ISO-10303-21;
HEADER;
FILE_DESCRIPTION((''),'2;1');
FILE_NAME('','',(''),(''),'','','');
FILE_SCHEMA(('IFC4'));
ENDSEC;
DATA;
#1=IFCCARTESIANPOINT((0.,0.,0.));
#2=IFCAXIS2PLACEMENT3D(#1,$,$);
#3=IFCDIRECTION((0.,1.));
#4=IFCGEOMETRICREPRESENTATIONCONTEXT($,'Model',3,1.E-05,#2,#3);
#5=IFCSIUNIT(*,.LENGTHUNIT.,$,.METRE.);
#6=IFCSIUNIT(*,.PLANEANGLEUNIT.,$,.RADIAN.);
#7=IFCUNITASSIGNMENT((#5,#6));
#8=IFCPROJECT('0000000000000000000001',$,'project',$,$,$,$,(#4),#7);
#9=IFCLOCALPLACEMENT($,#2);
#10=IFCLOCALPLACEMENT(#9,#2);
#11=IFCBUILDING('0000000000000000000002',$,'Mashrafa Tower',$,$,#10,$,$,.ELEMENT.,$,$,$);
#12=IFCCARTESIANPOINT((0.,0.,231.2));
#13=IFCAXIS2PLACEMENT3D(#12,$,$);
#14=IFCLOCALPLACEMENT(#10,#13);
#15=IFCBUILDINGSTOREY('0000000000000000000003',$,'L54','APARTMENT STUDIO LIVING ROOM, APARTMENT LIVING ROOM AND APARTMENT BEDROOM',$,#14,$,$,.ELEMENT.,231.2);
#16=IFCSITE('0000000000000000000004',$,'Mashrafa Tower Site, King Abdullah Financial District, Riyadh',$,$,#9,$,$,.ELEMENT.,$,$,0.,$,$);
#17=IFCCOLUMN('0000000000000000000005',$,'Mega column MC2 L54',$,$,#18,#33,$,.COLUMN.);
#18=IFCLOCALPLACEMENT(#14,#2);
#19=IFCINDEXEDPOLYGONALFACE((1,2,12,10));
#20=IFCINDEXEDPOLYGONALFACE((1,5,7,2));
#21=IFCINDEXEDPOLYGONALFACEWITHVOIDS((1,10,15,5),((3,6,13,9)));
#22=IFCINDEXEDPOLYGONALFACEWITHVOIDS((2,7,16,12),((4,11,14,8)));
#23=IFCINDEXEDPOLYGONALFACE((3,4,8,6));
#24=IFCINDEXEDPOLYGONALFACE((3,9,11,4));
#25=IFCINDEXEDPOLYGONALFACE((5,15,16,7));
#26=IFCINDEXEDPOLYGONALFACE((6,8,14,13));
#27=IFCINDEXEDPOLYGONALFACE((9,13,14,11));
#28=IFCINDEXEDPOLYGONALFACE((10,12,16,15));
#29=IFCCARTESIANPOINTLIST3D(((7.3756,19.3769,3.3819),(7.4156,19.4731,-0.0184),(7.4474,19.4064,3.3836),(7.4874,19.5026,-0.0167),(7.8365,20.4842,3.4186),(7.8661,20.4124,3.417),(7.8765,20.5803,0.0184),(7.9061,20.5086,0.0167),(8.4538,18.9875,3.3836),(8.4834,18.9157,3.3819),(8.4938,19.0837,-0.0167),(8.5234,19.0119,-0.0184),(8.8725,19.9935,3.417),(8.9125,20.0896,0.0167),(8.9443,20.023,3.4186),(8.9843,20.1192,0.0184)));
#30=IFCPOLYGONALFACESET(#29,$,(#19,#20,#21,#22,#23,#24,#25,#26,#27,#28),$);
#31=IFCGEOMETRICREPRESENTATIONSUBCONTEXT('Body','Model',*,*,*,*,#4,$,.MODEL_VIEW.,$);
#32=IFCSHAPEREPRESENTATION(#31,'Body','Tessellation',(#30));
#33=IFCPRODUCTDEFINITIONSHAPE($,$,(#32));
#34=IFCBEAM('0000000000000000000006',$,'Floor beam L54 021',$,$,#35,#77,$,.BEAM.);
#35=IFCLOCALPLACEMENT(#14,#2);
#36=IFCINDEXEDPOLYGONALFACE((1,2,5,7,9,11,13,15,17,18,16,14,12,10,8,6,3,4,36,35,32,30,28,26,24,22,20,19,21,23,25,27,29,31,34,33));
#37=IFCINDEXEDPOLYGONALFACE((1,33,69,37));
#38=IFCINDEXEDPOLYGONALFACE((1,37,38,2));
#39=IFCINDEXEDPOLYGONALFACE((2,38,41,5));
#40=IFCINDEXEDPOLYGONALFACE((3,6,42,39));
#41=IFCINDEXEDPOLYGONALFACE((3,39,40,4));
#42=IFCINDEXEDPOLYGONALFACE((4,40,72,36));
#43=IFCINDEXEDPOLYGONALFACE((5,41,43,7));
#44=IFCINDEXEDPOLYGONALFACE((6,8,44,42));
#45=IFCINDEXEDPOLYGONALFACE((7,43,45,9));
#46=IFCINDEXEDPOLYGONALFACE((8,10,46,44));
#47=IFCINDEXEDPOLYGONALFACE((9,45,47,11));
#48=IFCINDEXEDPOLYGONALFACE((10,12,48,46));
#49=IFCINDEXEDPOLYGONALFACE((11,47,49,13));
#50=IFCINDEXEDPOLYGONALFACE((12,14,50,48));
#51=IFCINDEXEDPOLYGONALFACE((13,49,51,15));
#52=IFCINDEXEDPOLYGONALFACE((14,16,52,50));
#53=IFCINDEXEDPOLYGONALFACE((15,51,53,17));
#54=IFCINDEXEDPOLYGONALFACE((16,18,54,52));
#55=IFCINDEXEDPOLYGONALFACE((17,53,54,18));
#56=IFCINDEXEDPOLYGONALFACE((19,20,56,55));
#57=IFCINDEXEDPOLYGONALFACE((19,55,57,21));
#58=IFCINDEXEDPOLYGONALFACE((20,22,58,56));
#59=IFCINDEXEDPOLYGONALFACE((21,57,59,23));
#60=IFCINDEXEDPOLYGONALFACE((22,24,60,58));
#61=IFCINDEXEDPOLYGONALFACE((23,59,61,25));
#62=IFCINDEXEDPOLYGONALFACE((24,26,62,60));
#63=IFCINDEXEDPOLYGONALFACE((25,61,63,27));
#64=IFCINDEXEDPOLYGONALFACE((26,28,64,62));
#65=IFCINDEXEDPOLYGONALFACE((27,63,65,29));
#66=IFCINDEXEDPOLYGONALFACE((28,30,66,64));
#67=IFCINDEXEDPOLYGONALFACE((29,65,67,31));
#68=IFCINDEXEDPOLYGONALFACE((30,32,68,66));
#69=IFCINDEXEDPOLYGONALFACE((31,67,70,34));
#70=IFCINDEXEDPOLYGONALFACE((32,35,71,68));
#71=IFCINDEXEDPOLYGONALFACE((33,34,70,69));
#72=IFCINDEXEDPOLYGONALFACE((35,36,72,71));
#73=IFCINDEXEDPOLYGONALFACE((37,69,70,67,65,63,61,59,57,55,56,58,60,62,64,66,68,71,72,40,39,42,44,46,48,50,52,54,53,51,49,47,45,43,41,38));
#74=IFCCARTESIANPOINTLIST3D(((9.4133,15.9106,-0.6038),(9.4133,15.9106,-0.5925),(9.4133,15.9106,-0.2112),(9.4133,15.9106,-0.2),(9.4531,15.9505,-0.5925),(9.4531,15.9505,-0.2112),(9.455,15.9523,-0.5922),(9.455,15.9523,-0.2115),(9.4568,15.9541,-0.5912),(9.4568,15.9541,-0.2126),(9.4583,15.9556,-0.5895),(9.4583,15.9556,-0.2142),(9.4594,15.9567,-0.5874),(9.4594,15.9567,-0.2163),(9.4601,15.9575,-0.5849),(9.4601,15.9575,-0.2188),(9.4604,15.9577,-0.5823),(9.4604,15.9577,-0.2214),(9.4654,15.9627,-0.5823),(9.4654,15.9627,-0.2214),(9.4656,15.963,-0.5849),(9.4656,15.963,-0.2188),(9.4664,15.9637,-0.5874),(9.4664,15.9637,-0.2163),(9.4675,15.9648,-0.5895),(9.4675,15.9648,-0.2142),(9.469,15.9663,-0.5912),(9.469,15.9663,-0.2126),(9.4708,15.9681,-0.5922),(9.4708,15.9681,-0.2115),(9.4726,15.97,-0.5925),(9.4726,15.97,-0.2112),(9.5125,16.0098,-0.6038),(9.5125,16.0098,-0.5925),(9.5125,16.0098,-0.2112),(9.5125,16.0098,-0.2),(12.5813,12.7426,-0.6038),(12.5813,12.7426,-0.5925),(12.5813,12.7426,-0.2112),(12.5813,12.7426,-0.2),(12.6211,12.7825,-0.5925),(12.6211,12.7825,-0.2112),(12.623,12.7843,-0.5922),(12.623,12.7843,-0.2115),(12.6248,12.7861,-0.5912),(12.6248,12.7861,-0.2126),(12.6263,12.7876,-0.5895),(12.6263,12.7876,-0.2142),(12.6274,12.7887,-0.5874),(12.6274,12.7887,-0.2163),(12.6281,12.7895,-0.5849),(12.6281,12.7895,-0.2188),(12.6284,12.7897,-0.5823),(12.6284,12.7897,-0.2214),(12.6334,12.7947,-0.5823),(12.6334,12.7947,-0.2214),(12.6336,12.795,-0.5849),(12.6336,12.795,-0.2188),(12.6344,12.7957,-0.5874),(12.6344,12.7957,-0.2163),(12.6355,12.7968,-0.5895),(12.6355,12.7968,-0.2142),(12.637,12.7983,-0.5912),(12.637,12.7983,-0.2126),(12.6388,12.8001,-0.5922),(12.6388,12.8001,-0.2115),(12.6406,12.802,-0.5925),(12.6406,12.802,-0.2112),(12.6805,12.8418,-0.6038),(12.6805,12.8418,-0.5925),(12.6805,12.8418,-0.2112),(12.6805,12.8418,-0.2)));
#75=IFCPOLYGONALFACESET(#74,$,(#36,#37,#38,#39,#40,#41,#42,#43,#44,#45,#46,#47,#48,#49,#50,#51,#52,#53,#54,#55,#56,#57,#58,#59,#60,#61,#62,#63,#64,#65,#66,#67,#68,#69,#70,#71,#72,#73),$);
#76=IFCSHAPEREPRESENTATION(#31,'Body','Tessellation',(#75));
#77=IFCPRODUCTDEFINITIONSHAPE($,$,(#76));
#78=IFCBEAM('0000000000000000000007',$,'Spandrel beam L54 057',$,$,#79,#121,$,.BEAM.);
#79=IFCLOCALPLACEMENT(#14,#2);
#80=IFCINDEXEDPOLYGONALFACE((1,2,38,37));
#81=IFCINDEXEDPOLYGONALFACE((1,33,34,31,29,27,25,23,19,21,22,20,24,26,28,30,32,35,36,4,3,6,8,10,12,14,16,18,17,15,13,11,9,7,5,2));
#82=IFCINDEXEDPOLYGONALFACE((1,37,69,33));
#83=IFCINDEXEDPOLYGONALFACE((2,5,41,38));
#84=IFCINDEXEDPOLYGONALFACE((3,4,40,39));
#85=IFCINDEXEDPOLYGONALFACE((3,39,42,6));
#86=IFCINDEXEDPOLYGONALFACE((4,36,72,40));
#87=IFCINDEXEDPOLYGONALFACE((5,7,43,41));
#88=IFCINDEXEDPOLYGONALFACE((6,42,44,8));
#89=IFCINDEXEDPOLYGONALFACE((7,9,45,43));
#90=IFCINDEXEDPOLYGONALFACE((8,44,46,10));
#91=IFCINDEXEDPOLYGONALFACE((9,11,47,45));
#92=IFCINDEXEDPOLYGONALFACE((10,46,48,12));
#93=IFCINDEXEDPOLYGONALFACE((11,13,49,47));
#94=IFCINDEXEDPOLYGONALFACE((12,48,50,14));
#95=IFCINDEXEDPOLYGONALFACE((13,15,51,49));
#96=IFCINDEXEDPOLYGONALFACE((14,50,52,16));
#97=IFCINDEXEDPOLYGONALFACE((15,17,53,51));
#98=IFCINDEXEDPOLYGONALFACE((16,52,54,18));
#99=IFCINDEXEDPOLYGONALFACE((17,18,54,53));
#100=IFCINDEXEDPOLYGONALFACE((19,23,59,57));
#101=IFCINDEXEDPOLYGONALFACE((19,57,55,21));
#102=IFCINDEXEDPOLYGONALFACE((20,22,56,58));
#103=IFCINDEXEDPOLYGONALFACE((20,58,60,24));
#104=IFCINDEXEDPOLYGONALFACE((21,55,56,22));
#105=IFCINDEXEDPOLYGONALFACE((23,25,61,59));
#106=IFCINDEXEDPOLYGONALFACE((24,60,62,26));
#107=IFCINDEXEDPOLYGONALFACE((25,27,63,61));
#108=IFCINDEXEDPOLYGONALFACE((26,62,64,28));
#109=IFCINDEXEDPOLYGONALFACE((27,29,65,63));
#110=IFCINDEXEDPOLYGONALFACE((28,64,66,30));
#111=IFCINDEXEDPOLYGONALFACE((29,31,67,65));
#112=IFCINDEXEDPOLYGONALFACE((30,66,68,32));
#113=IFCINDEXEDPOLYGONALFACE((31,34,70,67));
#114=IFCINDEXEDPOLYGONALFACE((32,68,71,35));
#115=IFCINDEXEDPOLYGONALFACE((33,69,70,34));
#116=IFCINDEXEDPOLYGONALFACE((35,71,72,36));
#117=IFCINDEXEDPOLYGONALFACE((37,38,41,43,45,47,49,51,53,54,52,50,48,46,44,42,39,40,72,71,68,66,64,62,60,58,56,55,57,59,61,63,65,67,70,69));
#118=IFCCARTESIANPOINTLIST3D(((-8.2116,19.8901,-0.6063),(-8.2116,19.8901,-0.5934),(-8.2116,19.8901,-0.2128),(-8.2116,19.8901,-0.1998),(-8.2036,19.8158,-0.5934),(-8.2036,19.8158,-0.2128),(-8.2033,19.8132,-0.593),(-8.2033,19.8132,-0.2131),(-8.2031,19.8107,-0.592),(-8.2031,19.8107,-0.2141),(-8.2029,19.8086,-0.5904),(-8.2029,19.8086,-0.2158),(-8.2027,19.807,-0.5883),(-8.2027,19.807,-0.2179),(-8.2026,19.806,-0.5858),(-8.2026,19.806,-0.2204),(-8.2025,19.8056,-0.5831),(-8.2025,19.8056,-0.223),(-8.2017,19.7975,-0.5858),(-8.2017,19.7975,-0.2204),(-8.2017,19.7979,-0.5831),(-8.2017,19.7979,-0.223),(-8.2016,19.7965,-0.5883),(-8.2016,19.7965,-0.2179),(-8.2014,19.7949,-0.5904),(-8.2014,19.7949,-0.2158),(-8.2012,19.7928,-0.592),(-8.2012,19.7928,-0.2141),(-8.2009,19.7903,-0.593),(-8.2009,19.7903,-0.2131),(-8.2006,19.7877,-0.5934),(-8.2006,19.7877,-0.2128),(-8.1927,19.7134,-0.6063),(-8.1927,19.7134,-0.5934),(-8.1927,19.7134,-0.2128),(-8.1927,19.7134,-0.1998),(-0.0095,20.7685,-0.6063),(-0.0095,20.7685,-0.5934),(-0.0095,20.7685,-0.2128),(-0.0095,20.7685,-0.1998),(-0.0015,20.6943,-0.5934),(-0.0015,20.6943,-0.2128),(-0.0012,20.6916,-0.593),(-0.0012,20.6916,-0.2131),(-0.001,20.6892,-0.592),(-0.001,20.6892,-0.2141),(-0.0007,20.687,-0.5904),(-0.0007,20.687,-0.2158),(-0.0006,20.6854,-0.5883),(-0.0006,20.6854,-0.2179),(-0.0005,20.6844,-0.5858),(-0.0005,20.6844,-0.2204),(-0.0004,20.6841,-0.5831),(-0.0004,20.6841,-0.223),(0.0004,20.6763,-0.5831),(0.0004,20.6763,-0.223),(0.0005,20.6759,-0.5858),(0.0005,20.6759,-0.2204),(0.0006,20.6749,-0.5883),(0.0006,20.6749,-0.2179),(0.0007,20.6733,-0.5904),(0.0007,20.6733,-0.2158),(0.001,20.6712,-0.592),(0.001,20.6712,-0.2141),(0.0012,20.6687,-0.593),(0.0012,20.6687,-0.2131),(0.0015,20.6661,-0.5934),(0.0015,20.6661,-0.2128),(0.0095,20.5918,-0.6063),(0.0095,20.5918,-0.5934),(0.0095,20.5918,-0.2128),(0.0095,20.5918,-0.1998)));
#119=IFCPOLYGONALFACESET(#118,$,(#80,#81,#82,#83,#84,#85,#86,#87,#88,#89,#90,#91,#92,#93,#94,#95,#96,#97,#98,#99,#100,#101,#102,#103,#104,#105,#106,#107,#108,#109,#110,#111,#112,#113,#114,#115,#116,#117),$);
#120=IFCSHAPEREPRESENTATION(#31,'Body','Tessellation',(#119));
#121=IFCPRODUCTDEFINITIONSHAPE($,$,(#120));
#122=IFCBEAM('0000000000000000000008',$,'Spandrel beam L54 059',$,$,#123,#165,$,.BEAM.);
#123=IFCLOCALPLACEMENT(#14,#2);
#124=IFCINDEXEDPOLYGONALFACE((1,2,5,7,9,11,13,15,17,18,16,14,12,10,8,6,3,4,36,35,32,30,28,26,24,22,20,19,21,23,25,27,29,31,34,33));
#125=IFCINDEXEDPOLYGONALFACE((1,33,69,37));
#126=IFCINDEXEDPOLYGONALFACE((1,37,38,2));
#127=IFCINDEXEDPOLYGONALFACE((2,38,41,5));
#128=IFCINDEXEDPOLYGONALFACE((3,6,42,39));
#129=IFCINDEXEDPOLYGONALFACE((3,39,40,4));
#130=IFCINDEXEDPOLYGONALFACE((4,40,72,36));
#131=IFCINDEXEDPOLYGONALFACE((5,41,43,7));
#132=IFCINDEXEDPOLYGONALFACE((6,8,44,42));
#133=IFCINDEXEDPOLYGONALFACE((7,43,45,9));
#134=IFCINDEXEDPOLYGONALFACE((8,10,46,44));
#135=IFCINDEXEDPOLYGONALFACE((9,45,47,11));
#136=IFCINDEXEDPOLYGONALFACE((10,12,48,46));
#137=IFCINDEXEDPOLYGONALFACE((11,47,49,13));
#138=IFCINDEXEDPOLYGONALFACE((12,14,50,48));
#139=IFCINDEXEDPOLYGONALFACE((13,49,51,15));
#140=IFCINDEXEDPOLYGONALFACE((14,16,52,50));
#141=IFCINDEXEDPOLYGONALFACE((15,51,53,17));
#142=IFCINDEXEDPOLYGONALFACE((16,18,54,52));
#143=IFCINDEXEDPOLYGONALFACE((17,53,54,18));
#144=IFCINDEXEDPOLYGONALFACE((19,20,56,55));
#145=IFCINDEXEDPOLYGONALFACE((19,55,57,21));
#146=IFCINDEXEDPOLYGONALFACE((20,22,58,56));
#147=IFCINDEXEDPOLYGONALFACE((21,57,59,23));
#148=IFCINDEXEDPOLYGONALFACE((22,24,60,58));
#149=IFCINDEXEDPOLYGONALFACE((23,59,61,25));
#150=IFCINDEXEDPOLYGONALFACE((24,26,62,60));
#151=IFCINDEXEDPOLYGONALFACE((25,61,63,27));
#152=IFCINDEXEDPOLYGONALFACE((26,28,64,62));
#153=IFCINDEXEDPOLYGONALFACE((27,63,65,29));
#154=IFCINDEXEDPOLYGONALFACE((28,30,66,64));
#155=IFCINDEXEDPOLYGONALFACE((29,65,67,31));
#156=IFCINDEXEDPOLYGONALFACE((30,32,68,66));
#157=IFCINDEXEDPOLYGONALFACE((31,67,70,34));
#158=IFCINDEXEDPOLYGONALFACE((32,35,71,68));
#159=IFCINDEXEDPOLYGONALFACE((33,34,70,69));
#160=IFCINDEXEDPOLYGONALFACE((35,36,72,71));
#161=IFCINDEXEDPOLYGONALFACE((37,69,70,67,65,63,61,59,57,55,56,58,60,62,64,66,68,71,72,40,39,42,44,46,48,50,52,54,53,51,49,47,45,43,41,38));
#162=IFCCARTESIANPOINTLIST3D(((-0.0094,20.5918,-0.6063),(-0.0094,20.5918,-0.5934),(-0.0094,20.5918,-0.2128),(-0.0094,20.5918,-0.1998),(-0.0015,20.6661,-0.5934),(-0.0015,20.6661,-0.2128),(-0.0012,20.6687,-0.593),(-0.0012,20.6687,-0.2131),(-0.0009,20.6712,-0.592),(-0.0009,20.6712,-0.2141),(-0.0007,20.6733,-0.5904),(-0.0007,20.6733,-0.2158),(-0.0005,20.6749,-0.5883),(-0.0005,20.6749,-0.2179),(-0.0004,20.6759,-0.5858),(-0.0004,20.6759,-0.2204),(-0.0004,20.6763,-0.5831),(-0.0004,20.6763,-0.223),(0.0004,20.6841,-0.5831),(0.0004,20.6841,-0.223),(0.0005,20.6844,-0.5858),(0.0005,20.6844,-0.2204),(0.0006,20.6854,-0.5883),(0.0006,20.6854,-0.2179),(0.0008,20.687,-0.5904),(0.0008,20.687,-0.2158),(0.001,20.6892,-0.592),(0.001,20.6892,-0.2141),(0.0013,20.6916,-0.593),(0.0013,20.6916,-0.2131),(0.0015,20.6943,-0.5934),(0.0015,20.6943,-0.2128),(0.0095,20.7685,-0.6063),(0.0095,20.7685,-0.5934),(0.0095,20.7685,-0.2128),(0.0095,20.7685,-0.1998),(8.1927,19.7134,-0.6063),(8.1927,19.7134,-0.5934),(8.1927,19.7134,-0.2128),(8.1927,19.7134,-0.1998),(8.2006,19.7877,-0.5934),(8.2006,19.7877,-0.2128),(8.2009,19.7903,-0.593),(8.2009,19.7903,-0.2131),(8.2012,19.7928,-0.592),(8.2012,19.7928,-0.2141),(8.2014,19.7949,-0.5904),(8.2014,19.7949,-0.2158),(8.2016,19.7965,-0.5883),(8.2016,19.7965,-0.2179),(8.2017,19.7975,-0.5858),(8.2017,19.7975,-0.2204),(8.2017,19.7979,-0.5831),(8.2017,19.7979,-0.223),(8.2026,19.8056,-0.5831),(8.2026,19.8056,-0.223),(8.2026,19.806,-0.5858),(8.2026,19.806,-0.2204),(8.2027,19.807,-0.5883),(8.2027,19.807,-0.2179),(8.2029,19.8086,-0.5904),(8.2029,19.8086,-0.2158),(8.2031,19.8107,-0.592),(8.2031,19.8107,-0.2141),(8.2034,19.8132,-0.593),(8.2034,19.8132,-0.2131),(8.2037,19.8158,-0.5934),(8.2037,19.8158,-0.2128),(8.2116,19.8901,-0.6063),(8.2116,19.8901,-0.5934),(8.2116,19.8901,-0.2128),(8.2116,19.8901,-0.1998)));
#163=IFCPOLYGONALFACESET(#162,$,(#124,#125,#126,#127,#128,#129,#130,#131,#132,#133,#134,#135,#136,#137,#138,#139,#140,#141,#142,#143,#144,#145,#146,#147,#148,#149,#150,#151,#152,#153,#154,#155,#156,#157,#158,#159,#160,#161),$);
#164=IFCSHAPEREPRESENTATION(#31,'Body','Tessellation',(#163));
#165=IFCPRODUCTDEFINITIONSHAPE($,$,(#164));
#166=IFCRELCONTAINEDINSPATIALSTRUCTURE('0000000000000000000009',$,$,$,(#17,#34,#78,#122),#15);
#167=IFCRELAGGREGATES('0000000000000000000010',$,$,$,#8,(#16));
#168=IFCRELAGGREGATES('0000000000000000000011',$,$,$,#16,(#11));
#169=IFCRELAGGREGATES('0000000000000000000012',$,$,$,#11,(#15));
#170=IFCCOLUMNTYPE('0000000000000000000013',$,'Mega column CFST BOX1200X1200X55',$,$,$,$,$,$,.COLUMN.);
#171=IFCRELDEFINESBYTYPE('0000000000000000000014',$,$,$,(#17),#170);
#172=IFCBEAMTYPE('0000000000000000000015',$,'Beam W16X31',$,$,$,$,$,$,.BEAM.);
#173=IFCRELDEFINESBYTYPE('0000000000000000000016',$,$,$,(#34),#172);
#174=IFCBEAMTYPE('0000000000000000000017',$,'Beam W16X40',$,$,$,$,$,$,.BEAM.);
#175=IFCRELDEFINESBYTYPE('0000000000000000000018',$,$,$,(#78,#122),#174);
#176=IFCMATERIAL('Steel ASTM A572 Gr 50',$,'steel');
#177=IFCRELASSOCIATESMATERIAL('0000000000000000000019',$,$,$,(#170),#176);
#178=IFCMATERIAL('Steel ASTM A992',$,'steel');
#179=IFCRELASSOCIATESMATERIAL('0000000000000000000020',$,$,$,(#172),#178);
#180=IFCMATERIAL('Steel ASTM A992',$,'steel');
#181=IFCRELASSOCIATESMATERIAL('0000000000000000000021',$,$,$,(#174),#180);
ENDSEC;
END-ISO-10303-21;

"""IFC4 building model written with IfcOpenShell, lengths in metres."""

from ifc_helpers import new_model, si_unit, direction, frame, origin, origin_2d, place, context, subcontext, project, spatial, hollow_rectangle, i_section, extrude, material, material_profile, profile_set, type_object, element, save


model = new_model("IFC4")

# Units and contexts
model_context = context("Model", 3, precision=1e-05, world=origin(), true_north=direction((0.0, 1.0)))
body_context = subcontext(model_context, "Body", "Model", "MODEL_VIEW")
ifc_project = project(units=[si_unit("LENGTHUNIT", "METRE"), si_unit("PLANEANGLEUNIT", "RADIAN")], contexts=[model_context])

# Site, building, storey
site_placement = place(None, origin())
site = spatial("IfcSite", under=ifc_project, at=site_placement, Name="Mashrafa Tower Site, King Abdullah Financial District, Riyadh", CompositionType="ELEMENT", RefElevation=0.0)
building_placement = place(site_placement, origin())
building = spatial("IfcBuilding", under=site, at=building_placement, Name="Mashrafa Tower", CompositionType="ELEMENT")
storey_placement = place(building_placement, frame((0.0, 0.0, 231.2)))
storey = spatial("IfcBuildingStorey", under=building, at=storey_placement, Name="L54", Description="APARTMENT STUDIO LIVING ROOM, APARTMENT LIVING ROOM AND APARTMENT BEDROOM", CompositionType="ELEMENT", Elevation=231.2)

# Column
ifc_material_1 = material(Name="Steel ASTM A572 Gr 50", Category="steel")
ifc_material_profile_1 = material_profile(ifc_material_1, hollow_rectangle(XDim=1.2, YDim=1.2, WallThickness=0.0549, at=origin_2d()), Name="BOX1200X1200X55")
ifc_profile_set_1 = profile_set([ifc_material_profile_1], Name="Steel ASTM A572 Gr 50")
column_type = type_object("IfcColumnType", Name="Mega column CFST BOX1200X1200X55", PredefinedType="COLUMN", material=ifc_profile_set_1)
column_placement = place(storey_placement, frame((8.2, 19.7961, 0.0), z_axis=(-0.01177, -0.028277, 0.999531), x_axis=(0.923216, -0.384283, 0.0)))
element("IfcColumn", 1, at=column_placement, inside=storey, type_object=column_type, Name="Mega column MC2 L54", PredefinedType="COLUMN", context=body_context, shape_type="SweptSolid", body=[
    extrude(hollow_rectangle(XDim=1.2, YDim=1.2, WallThickness=0.0549, at=origin_2d()), origin(), (0.0, 0.0, 1.0), 3.4019),
])

# Beams
ifc_material_2 = material(Name="Steel ASTM A992", Category="steel")
ifc_material_profile_2 = material_profile(ifc_material_2, i_section(OverallWidth=0.1404, OverallDepth=0.4038, WebThickness=0.0071, FlangeThickness=0.0112, FilletRadius=0.0103, at=origin_2d()), Name="W16X31")
ifc_profile_set_2 = profile_set([ifc_material_profile_2], Name="Steel ASTM A992")
beam_type_1 = type_object("IfcBeamType", Name="Beam W16X31", PredefinedType="BEAM", material=ifc_profile_set_2)
beam_1_placement = place(storey_placement, frame((9.4629, 15.9602, -0.4019), z_axis=(0.707107, -0.707107, 0.0), x_axis=(0.707107, 0.707107, 0.0)))
element("IfcBeam", 2, at=beam_1_placement, inside=storey, type_object=beam_type_1, Name="Floor beam L54 021", PredefinedType="BEAM", context=body_context, shape_type="SweptSolid", body=[
    extrude(i_section(OverallWidth=0.1404, OverallDepth=0.4038, WebThickness=0.0071, FlangeThickness=0.0112, FilletRadius=0.0103, at=origin_2d()), origin(), (0.0, 0.0, 1.0), 4.4802),
])
ifc_material_3 = material(Name="Steel ASTM A992", Category="steel")
ifc_material_profile_3 = material_profile(ifc_material_3, i_section(OverallWidth=0.1777, OverallDepth=0.4065, WebThickness=0.0078, FlangeThickness=0.0129, FilletRadius=0.0103, at=origin_2d()), Name="W16X40")
ifc_profile_set_3 = profile_set([ifc_material_profile_3], Name="Steel ASTM A992")
beam_type_2 = type_object("IfcBeamType", Name="Beam W16X40", PredefinedType="BEAM", material=ifc_profile_set_3)
for number, where, z_axis, x_axis, name in (
    (3, (0.0, 20.6802, -0.4031), (-0.994314, -0.106487, 0.0), (0.106487, -0.994314, 0.0), "Spandrel beam L54 057"),
    (4, (8.2021, 19.8018, -0.4031), (-0.994314, 0.106487, 0.0), (-0.106487, -0.994314, 0.0), "Spandrel beam L54 059"),
):
    element("IfcBeam", number, at=place(storey_placement, frame(where, z_axis=z_axis, x_axis=x_axis)), inside=storey, type_object=beam_type_2, Name=name, PredefinedType="BEAM", context=body_context, shape_type="SweptSolid", body=[
        extrude(i_section(OverallWidth=0.1777, OverallDepth=0.4065, WebThickness=0.0078, FlangeThickness=0.0129, FilletRadius=0.0103, at=origin_2d()), origin(), (0.0, 0.0, 1.0), 8.249),
    ])

save(model, "model.ifc")
